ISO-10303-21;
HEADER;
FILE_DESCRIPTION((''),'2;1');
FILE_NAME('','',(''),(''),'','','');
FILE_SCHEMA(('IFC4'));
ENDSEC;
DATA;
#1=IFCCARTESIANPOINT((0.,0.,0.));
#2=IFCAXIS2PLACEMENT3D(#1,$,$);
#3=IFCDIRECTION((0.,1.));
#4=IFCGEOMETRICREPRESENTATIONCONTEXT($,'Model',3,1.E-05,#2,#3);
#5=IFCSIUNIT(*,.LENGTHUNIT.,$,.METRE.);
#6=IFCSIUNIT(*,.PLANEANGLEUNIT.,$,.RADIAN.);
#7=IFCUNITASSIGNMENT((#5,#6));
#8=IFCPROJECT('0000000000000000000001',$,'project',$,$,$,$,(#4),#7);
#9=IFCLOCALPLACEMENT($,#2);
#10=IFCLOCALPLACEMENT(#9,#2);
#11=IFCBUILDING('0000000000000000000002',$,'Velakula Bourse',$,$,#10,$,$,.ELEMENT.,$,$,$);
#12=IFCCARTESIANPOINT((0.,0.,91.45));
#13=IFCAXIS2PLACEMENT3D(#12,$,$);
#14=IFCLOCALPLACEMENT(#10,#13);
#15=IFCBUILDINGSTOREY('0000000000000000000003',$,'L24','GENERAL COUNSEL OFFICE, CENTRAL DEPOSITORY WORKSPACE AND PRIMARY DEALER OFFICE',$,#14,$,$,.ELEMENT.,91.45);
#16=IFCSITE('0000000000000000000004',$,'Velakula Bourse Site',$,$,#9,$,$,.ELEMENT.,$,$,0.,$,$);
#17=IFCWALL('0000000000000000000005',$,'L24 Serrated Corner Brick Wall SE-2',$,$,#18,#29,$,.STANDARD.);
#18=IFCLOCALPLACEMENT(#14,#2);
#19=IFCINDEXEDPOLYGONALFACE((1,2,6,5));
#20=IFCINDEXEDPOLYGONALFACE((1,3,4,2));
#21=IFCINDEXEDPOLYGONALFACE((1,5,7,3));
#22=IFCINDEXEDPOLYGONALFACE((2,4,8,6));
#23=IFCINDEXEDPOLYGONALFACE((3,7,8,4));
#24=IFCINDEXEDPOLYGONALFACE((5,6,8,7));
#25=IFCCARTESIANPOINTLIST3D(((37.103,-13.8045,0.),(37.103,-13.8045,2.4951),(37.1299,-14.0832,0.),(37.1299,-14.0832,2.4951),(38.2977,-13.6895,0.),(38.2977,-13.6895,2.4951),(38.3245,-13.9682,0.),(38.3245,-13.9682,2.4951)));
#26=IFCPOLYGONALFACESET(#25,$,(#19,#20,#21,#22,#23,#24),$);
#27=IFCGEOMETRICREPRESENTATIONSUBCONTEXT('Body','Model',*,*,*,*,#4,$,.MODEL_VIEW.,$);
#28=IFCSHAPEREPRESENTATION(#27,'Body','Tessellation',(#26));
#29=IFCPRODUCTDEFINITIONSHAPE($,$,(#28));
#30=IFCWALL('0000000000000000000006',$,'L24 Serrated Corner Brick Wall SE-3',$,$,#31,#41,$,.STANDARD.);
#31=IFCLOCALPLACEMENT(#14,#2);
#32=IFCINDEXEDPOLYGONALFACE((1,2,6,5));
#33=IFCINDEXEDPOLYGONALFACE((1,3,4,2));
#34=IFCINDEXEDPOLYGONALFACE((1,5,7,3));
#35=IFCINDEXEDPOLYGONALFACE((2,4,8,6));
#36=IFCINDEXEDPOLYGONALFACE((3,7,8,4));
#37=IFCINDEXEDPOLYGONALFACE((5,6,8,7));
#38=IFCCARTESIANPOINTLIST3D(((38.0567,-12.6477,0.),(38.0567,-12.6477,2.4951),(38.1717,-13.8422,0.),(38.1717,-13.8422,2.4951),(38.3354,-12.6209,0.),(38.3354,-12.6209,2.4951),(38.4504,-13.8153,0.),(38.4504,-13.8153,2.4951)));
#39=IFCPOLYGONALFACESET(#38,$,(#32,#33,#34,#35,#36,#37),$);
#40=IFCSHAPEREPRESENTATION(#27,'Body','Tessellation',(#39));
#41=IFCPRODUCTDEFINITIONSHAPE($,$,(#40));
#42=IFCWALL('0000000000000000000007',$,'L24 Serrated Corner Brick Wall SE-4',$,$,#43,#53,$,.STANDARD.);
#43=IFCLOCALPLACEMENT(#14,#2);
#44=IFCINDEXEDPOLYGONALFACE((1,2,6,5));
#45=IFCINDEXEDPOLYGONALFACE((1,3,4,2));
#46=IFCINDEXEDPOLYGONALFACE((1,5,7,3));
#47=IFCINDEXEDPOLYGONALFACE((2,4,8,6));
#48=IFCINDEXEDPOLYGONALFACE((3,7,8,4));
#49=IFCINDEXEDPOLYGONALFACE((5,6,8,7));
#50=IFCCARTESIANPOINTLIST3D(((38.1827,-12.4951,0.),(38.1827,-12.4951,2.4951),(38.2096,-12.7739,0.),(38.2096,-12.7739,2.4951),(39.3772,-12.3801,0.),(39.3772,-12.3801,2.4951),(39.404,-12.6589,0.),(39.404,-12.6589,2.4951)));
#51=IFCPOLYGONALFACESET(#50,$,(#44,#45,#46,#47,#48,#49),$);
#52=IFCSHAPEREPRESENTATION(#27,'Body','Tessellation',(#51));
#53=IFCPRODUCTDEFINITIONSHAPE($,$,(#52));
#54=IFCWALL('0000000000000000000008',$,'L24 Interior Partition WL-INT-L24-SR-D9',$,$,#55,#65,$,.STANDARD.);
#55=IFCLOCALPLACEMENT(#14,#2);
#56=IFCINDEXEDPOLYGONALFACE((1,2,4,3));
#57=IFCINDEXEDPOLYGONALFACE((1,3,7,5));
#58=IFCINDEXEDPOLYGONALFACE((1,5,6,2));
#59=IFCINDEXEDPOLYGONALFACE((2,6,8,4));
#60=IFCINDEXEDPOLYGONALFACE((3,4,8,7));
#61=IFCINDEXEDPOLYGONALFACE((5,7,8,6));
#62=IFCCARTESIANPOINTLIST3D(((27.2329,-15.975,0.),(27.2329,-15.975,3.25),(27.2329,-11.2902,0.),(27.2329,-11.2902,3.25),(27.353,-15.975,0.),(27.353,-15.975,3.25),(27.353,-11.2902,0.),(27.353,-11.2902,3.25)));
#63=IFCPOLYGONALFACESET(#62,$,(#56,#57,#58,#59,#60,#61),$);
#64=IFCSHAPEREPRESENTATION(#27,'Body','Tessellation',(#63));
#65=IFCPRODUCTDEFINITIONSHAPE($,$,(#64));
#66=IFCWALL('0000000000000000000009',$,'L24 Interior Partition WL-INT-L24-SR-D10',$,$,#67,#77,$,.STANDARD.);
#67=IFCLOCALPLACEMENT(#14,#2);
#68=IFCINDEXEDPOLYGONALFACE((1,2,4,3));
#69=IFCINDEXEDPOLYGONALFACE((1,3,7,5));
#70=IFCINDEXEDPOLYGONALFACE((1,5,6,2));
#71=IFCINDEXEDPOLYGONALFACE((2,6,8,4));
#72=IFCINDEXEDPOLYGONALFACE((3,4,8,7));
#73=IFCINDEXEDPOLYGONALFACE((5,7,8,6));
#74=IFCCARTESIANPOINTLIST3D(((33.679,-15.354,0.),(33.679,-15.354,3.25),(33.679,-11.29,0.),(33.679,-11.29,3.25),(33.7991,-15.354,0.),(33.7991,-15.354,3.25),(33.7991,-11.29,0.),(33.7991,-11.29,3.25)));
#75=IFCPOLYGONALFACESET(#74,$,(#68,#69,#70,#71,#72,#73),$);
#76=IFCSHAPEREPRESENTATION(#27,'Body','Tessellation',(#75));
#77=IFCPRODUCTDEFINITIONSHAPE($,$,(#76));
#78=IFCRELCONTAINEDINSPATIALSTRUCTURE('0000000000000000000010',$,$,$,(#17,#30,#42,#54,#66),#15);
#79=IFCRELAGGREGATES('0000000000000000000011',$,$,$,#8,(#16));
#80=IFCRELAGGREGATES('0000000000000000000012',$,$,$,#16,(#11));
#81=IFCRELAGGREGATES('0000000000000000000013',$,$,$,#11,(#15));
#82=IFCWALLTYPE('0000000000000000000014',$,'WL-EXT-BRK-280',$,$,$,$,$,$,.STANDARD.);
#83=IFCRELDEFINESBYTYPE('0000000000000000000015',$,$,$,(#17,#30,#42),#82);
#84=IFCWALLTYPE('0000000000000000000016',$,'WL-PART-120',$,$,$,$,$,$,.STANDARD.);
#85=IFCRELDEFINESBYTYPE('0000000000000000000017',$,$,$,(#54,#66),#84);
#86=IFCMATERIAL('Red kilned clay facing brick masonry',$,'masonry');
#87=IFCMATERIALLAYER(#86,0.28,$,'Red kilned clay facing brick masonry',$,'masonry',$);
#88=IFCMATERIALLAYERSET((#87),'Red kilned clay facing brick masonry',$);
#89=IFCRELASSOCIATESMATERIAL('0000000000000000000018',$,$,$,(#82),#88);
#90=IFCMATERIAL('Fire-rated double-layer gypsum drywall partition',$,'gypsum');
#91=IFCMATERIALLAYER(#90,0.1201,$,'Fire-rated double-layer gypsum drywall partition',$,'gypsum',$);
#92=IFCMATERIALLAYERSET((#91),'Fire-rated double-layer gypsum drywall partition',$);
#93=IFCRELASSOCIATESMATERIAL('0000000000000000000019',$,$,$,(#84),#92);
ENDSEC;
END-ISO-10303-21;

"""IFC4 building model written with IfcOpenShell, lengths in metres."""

from ifc_helpers import new_model, si_unit, direction, frame, frame_2d, origin, place, context, subcontext, project, spatial, rectangle, extrude, material, layer, layer_set, type_object, element, save


model = new_model("IFC4")

# Units and contexts
model_context = context("Model", 3, precision=1e-05, world=origin(), true_north=direction((0.0, 1.0)))
body_context = subcontext(model_context, "Body", "Model", "MODEL_VIEW")
ifc_project = project(units=[si_unit("LENGTHUNIT", "METRE"), si_unit("PLANEANGLEUNIT", "RADIAN")], contexts=[model_context])

# Site, building, storey
site_placement = place(None, origin())
site = spatial("IfcSite", under=ifc_project, at=site_placement, Name="Velakula Bourse Site", CompositionType="ELEMENT", RefElevation=0.0)
building_placement = place(site_placement, origin())
building = spatial("IfcBuilding", under=site, at=building_placement, Name="Velakula Bourse", CompositionType="ELEMENT")
storey_placement = place(building_placement, frame((0.0, 0.0, 91.45)))
storey = spatial("IfcBuildingStorey", under=building, at=storey_placement, Name="L24", Description="GENERAL COUNSEL OFFICE, CENTRAL DEPOSITORY WORKSPACE AND PRIMARY DEALER OFFICE", CompositionType="ELEMENT", Elevation=91.45)

# Shared definitions
ifc_material_1 = material(Name="Red kilned clay facing brick masonry", Category="masonry")
ifc_layer_1 = layer(ifc_material_1, 0.28, Name="Red kilned clay facing brick masonry", Category="masonry")
ifc_layer_set_1 = layer_set([ifc_layer_1], Name="Red kilned clay facing brick masonry")
wall_type_1 = type_object("IfcWallType", Name="WL-EXT-BRK-280", PredefinedType="STANDARD", material=ifc_layer_set_1)

# Walls
for number, where, z_axis, x_axis, name in (
    (1, (37.1165, -13.9438, 0.0), (0.0, 0.0, 1.0), (0.995399, 0.095817, 0.0), "L24 Serrated Corner Brick Wall SE-2"),
):
    element("IfcWall", number, at=place(storey_placement, frame(where, z_axis=z_axis, x_axis=x_axis)), inside=storey, type_object=wall_type_1, Name=name, PredefinedType="STANDARD", context=body_context, shape_type="SweptSolid", body=[
        extrude(rectangle(XDim=1.2002, YDim=0.28, at=frame_2d((0.6001, 0.0))), origin(), (0.0, 0.0, 1.0), 2.4951),
    ])
for number, where, z_axis, x_axis, name in (
    (2, (38.311, -13.8289, 0.0), (0.0, 0.0, 1.0), (-0.095836, 0.995397, 0.0), "L24 Serrated Corner Brick Wall SE-3"),
    (3, (38.196, -12.6345, 0.0), (0.0, 0.0, 1.0), (0.995397, 0.095836, 0.0), "L24 Serrated Corner Brick Wall SE-4"),
):
    element("IfcWall", number, at=place(storey_placement, frame(where, z_axis=z_axis, x_axis=x_axis)), inside=storey, type_object=wall_type_1, Name=name, PredefinedType="STANDARD", context=body_context, shape_type="SweptSolid", body=[
        extrude(rectangle(XDim=1.2, YDim=0.28, at=frame_2d((0.6001, 0.0))), origin(), (0.0, 0.0, 1.0), 2.4951),
    ])
ifc_material_2 = material(Name="Fire-rated double-layer gypsum drywall partition", Category="gypsum")
ifc_layer_2 = layer(ifc_material_2, 0.1201, Name="Fire-rated double-layer gypsum drywall partition", Category="gypsum")
ifc_layer_set_2 = layer_set([ifc_layer_2], Name="Fire-rated double-layer gypsum drywall partition")
wall_type_2 = type_object("IfcWallType", Name="WL-PART-120", PredefinedType="STANDARD", material=ifc_layer_set_2)
wall_1_placement = place(storey_placement, frame((27.293, -15.9749, 0.0), z_axis=(0.0, 0.0, 1.0), x_axis=(0.0, 1.0, 0.0)))
element("IfcWall", 4, at=wall_1_placement, inside=storey, type_object=wall_type_2, Name="L24 Interior Partition WL-INT-L24-SR-D9", PredefinedType="STANDARD", context=body_context, shape_type="SweptSolid", body=[
    extrude(rectangle(XDim=4.6848, YDim=0.1201, at=frame_2d((2.3423, 0.0))), origin(), (0.0, 0.0, 1.0), 3.25),
])
wall_2_placement = place(storey_placement, frame((33.739, -15.354, 0.0), z_axis=(0.0, 0.0, 1.0), x_axis=(0.0, 1.0, 0.0)))
element("IfcWall", 5, at=wall_2_placement, inside=storey, type_object=wall_type_2, Name="L24 Interior Partition WL-INT-L24-SR-D10", PredefinedType="STANDARD", context=body_context, shape_type="SweptSolid", body=[
    extrude(rectangle(XDim=4.064, YDim=0.1201, at=frame_2d((2.032, 0.0))), origin(), (0.0, 0.0, 1.0), 3.25),
])

save(model, "model.ifc")
